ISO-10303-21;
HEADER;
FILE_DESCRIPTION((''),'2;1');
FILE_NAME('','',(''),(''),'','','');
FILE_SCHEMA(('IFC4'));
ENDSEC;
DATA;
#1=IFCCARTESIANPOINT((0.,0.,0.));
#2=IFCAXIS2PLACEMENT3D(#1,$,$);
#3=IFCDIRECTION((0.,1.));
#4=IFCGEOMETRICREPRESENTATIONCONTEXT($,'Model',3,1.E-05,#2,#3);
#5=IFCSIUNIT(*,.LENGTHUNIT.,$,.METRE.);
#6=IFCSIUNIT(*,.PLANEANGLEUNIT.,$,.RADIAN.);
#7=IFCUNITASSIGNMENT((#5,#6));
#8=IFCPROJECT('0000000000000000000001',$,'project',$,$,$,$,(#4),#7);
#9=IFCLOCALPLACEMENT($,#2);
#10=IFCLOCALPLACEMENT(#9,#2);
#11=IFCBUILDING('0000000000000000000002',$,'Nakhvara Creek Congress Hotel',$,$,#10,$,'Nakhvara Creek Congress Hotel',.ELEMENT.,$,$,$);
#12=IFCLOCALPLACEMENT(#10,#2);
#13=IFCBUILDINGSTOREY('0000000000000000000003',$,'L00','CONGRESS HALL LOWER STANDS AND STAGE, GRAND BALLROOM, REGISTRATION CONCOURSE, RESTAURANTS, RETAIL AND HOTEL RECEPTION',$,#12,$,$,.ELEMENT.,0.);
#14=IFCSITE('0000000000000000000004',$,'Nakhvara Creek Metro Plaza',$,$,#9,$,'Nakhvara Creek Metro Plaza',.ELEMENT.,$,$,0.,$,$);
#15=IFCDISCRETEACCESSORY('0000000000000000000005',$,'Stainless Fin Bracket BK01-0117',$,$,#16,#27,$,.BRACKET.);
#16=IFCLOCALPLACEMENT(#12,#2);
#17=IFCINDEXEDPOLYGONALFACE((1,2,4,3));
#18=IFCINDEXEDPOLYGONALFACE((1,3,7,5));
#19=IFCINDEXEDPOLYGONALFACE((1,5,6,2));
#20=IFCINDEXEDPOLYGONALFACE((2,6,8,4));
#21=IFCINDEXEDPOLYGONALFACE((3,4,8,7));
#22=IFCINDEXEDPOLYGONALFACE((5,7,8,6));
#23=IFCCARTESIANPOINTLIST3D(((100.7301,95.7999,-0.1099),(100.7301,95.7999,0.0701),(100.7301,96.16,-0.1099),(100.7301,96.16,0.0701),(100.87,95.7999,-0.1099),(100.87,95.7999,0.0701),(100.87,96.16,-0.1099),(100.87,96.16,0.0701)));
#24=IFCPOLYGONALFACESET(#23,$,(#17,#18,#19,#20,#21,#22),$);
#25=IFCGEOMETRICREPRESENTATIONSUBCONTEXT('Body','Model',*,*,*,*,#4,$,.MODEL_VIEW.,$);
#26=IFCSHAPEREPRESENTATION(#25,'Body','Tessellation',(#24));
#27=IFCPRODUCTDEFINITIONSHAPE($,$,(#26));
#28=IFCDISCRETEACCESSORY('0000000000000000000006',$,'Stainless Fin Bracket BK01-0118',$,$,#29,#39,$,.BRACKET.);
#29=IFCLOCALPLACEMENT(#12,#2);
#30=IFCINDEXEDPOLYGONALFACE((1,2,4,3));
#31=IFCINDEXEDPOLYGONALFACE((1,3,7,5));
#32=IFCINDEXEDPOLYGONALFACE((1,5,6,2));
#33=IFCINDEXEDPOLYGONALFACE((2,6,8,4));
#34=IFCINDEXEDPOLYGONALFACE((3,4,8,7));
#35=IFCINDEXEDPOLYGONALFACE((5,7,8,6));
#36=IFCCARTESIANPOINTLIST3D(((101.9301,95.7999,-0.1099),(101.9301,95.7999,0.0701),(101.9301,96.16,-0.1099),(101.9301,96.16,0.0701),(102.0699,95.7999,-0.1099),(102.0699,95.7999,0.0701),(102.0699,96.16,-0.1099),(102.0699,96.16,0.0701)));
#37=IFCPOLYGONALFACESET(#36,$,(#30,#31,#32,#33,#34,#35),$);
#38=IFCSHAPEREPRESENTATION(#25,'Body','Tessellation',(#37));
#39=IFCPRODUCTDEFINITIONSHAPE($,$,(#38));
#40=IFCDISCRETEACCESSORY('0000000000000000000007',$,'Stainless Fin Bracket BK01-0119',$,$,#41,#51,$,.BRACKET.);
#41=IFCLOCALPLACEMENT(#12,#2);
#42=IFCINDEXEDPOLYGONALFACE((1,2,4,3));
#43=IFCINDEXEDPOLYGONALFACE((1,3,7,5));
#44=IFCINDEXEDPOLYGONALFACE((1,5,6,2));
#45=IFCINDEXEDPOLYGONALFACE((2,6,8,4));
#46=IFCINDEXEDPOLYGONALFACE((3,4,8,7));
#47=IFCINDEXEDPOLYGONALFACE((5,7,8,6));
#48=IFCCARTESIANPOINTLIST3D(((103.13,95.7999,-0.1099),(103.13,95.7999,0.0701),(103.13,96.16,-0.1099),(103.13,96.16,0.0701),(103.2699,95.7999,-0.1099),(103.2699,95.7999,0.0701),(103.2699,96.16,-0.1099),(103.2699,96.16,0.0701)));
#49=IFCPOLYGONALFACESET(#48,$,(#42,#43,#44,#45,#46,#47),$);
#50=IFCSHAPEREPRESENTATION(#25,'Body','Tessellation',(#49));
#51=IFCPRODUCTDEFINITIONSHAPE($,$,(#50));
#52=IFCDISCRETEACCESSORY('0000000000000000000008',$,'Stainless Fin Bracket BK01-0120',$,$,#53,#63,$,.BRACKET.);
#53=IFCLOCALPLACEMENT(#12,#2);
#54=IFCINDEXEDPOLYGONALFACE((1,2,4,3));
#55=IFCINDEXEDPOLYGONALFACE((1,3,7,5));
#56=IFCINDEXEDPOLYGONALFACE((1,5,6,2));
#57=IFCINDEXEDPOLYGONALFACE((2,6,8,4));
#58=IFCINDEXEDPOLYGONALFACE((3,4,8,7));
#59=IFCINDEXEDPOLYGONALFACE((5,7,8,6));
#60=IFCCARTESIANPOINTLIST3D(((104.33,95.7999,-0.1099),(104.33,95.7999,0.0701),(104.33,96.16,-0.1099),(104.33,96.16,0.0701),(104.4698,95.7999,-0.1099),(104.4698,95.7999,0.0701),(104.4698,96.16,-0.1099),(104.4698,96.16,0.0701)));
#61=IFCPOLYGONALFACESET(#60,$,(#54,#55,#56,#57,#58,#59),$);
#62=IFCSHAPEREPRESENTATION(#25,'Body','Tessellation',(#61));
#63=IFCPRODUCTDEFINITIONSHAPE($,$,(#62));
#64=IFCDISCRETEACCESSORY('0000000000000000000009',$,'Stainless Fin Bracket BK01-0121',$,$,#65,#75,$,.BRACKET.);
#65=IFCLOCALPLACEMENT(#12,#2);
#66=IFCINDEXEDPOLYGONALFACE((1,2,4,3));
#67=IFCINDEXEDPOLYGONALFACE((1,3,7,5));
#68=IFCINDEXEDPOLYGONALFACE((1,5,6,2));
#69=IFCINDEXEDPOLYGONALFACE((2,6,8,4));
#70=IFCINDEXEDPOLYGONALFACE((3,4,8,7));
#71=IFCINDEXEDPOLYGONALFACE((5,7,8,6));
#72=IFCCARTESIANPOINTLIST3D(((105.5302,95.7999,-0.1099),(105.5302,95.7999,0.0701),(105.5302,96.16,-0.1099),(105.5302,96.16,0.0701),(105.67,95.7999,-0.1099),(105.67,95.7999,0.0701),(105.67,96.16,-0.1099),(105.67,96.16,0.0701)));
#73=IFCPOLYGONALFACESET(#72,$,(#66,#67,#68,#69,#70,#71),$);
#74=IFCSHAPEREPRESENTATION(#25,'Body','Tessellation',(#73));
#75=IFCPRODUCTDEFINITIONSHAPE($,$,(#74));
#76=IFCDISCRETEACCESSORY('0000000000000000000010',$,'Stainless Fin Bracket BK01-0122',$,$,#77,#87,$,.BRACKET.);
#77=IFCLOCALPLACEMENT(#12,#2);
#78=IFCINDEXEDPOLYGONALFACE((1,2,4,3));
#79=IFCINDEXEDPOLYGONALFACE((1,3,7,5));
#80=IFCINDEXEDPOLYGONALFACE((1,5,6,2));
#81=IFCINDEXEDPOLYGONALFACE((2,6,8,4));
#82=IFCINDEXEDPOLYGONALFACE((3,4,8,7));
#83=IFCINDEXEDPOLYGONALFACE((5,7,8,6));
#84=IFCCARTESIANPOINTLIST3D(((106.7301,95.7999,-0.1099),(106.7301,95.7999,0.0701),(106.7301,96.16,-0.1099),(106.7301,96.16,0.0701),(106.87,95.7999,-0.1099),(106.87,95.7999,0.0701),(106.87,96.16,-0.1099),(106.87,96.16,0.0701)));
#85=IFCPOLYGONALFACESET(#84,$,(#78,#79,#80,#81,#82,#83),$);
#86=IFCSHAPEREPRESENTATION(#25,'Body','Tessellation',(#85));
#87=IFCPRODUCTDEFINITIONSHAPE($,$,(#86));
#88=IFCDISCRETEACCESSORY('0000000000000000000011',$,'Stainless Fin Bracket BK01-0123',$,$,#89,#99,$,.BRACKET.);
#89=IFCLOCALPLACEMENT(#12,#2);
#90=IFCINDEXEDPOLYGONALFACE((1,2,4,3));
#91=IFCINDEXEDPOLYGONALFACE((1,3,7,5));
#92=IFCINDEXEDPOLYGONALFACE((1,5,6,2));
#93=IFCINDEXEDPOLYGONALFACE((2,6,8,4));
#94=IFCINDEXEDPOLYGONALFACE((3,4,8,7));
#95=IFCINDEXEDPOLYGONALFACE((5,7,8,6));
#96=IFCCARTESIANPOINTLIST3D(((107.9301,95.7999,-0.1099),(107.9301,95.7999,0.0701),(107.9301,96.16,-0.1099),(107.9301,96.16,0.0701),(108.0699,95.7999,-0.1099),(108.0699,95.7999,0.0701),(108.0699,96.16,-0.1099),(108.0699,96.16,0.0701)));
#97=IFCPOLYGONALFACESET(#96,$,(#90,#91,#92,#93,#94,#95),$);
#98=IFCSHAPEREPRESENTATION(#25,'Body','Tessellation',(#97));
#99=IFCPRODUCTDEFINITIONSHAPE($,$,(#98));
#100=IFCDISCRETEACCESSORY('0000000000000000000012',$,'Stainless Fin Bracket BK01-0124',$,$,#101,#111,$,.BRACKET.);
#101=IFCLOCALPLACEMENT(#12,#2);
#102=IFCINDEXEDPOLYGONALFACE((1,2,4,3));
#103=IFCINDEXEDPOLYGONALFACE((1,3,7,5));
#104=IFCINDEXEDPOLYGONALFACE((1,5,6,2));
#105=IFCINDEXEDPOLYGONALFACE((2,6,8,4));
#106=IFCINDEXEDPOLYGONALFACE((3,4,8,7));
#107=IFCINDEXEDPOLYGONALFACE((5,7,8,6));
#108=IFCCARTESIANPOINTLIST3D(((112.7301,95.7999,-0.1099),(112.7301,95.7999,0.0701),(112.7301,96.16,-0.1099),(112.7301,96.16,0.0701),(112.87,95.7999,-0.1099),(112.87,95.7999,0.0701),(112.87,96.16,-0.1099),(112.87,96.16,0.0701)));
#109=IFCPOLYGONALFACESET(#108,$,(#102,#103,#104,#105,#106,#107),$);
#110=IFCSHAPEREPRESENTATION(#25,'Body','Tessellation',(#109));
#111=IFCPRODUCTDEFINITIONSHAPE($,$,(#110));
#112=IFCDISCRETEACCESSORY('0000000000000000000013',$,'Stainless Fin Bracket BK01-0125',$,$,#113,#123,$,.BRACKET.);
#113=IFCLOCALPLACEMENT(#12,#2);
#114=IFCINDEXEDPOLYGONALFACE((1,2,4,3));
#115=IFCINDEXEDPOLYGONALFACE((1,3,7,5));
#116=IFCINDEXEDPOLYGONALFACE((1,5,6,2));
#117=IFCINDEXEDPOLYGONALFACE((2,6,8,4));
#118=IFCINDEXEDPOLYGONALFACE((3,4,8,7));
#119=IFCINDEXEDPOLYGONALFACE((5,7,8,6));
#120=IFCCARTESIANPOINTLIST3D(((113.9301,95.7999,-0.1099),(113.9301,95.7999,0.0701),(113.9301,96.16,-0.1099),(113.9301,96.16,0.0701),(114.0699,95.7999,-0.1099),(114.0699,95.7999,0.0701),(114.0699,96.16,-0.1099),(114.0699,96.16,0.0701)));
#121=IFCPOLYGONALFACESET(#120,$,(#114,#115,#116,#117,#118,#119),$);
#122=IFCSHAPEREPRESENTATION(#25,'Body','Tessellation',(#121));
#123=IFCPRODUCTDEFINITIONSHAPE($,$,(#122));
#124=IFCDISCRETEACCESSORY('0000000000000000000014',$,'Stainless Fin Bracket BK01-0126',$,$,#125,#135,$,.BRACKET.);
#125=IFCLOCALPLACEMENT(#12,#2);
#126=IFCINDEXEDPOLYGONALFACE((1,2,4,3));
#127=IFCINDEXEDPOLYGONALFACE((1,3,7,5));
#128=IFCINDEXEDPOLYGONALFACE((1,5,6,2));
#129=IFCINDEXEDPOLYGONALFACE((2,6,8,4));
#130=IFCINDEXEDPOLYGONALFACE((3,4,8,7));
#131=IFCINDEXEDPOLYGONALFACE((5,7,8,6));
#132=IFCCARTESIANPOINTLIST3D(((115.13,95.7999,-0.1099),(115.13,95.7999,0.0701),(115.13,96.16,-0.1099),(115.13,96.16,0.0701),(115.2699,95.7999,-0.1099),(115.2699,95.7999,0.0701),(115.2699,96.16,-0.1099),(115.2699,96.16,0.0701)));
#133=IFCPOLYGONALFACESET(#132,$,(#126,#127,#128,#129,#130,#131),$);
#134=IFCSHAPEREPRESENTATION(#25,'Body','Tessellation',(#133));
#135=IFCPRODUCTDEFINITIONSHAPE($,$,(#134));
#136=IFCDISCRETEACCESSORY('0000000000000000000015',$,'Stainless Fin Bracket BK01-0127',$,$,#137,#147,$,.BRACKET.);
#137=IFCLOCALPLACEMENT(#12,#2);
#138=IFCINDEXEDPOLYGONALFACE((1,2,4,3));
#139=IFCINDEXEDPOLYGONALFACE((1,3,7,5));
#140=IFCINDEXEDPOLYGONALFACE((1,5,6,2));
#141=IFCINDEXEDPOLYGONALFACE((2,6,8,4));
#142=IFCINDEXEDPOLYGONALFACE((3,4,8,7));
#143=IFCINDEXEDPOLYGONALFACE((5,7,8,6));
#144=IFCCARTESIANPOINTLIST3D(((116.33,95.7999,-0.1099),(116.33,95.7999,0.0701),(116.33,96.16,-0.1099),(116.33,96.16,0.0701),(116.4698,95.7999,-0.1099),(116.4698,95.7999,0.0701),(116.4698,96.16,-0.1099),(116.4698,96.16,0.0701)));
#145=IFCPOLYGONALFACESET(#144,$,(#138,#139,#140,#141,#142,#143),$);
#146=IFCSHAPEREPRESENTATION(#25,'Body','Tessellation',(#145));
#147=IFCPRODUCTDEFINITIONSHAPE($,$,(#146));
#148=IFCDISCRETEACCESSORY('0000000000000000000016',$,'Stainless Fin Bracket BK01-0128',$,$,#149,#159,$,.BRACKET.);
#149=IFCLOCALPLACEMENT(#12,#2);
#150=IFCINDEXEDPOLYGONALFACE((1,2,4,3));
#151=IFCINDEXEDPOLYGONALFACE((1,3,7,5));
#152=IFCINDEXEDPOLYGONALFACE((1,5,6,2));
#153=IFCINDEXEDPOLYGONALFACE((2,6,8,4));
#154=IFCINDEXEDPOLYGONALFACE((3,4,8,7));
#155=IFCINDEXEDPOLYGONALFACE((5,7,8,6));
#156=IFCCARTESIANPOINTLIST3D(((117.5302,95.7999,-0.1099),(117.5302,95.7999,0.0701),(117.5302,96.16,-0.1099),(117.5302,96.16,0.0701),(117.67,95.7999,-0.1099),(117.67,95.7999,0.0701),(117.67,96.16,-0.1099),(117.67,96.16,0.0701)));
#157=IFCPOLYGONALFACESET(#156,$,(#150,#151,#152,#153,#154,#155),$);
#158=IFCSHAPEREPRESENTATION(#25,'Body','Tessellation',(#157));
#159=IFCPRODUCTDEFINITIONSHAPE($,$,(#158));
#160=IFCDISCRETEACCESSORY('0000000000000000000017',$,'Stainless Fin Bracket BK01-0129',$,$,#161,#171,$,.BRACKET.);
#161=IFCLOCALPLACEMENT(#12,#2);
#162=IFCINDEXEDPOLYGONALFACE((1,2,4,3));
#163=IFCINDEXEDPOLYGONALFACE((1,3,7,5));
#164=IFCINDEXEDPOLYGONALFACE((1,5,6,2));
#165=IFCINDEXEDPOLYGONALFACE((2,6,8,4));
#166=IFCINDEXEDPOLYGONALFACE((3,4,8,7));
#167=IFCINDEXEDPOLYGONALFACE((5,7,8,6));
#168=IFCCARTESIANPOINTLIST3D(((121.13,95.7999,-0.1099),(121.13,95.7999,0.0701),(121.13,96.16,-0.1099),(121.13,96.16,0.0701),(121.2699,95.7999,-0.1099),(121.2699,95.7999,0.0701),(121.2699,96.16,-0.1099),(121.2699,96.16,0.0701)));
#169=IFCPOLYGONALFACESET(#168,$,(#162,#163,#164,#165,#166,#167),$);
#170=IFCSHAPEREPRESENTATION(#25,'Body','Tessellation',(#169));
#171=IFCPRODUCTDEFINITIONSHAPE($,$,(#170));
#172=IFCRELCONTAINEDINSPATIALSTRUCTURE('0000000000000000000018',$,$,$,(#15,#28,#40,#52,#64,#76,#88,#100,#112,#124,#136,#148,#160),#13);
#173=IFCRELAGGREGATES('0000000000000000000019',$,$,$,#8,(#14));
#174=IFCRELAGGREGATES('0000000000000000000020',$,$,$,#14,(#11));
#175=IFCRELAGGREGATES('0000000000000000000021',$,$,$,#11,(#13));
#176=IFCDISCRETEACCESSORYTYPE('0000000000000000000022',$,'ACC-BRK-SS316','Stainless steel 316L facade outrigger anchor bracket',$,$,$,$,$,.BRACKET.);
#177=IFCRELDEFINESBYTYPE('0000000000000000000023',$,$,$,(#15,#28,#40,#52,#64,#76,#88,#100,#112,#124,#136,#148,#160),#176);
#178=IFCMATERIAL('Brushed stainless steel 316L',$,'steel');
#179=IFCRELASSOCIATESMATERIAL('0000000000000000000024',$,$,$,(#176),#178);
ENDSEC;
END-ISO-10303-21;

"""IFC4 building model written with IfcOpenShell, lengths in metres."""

from ifc_helpers import new_model, si_unit, direction, frame, origin, origin_2d, place, context, subcontext, project, spatial, rectangle, extrude, material, type_object, element, save


model = new_model("IFC4")

# Units and contexts
model_context = context("Model", 3, precision=1e-05, world=origin(), true_north=direction((0.0, 1.0)))
body_context = subcontext(model_context, "Body", "Model", "MODEL_VIEW")
ifc_project = project(units=[si_unit("LENGTHUNIT", "METRE"), si_unit("PLANEANGLEUNIT", "RADIAN")], contexts=[model_context])

# Site, building, storey
site_placement = place(None, origin())
site = spatial("IfcSite", under=ifc_project, at=site_placement, Name="Nakhvara Creek Metro Plaza", LongName="Nakhvara Creek Metro Plaza", CompositionType="ELEMENT", RefElevation=0.0)
building_placement = place(site_placement, origin())
building = spatial("IfcBuilding", under=site, at=building_placement, Name="Nakhvara Creek Congress Hotel", LongName="Nakhvara Creek Congress Hotel", CompositionType="ELEMENT")
storey_placement = place(building_placement, origin())
storey = spatial("IfcBuildingStorey", under=building, at=storey_placement, Name="L00", Description="CONGRESS HALL LOWER STANDS AND STAGE, GRAND BALLROOM, REGISTRATION CONCOURSE, RESTAURANTS, RETAIL AND HOTEL RECEPTION", CompositionType="ELEMENT", Elevation=0.0)

# Shared definitions
ifc_material_1 = material(Name="Brushed stainless steel 316L", Category="steel")

# Discrete accessories
discrete_accessory_type = type_object("IfcDiscreteAccessoryType", Name="ACC-BRK-SS316", Description="Stainless steel 316L facade outrigger anchor bracket", PredefinedType="BRACKET", material=ifc_material_1)
for number, where, z_axis, x_axis, name in (
    (1, (100.8, 95.98, -0.1099), (0.0, 0.0, 1.0), (1.0, 0.0, 0.0), "Stainless Fin Bracket BK01-0117"),
    (2, (102.0, 95.98, -0.1099), (0.0, 0.0, 1.0), (1.0, 0.0, 0.0), "Stainless Fin Bracket BK01-0118"),
    (3, (103.2, 95.98, -0.1099), (0.0, 0.0, 1.0), (1.0, 0.0, 0.0), "Stainless Fin Bracket BK01-0119"),
    (4, (104.3999, 95.98, -0.1099), (0.0, 0.0, 1.0), (1.0, 0.0, 0.0), "Stainless Fin Bracket BK01-0120"),
    (5, (105.6001, 95.98, -0.1099), (0.0, 0.0, 1.0), (1.0, 0.0, 0.0), "Stainless Fin Bracket BK01-0121"),
    (6, (106.8, 95.98, -0.1099), (0.0, 0.0, 1.0), (1.0, 0.0, 0.0), "Stainless Fin Bracket BK01-0122"),
    (7, (108.0, 95.98, -0.1099), (0.0, 0.0, 1.0), (1.0, 0.0, 0.0), "Stainless Fin Bracket BK01-0123"),
    (8, (112.8, 95.98, -0.1099), (0.0, 0.0, 1.0), (1.0, 0.0, 0.0), "Stainless Fin Bracket BK01-0124"),
    (9, (114.0, 95.98, -0.1099), (0.0, 0.0, 1.0), (1.0, 0.0, 0.0), "Stainless Fin Bracket BK01-0125"),
    (10, (115.2, 95.98, -0.1099), (0.0, 0.0, 1.0), (1.0, 0.0, 0.0), "Stainless Fin Bracket BK01-0126"),
    (11, (116.3999, 95.98, -0.1099), (0.0, 0.0, 1.0), (1.0, 0.0, 0.0), "Stainless Fin Bracket BK01-0127"),
    (12, (117.6001, 95.98, -0.1099), (0.0, 0.0, 1.0), (1.0, 0.0, 0.0), "Stainless Fin Bracket BK01-0128"),
    (13, (121.2, 95.98, -0.1099), (0.0, 0.0, 1.0), (1.0, 0.0, 0.0), "Stainless Fin Bracket BK01-0129"),
):
    element("IfcDiscreteAccessory", number, at=place(storey_placement, frame(where, z_axis=z_axis, x_axis=x_axis)), inside=storey, type_object=discrete_accessory_type, Name=name, PredefinedType="BRACKET", context=body_context, shape_type="SweptSolid", body=[
        extrude(rectangle(XDim=0.1399, YDim=0.3601, at=origin_2d()), origin(), (0.0, 0.0, 1.0), 0.1799),
    ])

save(model, "model.ifc")
